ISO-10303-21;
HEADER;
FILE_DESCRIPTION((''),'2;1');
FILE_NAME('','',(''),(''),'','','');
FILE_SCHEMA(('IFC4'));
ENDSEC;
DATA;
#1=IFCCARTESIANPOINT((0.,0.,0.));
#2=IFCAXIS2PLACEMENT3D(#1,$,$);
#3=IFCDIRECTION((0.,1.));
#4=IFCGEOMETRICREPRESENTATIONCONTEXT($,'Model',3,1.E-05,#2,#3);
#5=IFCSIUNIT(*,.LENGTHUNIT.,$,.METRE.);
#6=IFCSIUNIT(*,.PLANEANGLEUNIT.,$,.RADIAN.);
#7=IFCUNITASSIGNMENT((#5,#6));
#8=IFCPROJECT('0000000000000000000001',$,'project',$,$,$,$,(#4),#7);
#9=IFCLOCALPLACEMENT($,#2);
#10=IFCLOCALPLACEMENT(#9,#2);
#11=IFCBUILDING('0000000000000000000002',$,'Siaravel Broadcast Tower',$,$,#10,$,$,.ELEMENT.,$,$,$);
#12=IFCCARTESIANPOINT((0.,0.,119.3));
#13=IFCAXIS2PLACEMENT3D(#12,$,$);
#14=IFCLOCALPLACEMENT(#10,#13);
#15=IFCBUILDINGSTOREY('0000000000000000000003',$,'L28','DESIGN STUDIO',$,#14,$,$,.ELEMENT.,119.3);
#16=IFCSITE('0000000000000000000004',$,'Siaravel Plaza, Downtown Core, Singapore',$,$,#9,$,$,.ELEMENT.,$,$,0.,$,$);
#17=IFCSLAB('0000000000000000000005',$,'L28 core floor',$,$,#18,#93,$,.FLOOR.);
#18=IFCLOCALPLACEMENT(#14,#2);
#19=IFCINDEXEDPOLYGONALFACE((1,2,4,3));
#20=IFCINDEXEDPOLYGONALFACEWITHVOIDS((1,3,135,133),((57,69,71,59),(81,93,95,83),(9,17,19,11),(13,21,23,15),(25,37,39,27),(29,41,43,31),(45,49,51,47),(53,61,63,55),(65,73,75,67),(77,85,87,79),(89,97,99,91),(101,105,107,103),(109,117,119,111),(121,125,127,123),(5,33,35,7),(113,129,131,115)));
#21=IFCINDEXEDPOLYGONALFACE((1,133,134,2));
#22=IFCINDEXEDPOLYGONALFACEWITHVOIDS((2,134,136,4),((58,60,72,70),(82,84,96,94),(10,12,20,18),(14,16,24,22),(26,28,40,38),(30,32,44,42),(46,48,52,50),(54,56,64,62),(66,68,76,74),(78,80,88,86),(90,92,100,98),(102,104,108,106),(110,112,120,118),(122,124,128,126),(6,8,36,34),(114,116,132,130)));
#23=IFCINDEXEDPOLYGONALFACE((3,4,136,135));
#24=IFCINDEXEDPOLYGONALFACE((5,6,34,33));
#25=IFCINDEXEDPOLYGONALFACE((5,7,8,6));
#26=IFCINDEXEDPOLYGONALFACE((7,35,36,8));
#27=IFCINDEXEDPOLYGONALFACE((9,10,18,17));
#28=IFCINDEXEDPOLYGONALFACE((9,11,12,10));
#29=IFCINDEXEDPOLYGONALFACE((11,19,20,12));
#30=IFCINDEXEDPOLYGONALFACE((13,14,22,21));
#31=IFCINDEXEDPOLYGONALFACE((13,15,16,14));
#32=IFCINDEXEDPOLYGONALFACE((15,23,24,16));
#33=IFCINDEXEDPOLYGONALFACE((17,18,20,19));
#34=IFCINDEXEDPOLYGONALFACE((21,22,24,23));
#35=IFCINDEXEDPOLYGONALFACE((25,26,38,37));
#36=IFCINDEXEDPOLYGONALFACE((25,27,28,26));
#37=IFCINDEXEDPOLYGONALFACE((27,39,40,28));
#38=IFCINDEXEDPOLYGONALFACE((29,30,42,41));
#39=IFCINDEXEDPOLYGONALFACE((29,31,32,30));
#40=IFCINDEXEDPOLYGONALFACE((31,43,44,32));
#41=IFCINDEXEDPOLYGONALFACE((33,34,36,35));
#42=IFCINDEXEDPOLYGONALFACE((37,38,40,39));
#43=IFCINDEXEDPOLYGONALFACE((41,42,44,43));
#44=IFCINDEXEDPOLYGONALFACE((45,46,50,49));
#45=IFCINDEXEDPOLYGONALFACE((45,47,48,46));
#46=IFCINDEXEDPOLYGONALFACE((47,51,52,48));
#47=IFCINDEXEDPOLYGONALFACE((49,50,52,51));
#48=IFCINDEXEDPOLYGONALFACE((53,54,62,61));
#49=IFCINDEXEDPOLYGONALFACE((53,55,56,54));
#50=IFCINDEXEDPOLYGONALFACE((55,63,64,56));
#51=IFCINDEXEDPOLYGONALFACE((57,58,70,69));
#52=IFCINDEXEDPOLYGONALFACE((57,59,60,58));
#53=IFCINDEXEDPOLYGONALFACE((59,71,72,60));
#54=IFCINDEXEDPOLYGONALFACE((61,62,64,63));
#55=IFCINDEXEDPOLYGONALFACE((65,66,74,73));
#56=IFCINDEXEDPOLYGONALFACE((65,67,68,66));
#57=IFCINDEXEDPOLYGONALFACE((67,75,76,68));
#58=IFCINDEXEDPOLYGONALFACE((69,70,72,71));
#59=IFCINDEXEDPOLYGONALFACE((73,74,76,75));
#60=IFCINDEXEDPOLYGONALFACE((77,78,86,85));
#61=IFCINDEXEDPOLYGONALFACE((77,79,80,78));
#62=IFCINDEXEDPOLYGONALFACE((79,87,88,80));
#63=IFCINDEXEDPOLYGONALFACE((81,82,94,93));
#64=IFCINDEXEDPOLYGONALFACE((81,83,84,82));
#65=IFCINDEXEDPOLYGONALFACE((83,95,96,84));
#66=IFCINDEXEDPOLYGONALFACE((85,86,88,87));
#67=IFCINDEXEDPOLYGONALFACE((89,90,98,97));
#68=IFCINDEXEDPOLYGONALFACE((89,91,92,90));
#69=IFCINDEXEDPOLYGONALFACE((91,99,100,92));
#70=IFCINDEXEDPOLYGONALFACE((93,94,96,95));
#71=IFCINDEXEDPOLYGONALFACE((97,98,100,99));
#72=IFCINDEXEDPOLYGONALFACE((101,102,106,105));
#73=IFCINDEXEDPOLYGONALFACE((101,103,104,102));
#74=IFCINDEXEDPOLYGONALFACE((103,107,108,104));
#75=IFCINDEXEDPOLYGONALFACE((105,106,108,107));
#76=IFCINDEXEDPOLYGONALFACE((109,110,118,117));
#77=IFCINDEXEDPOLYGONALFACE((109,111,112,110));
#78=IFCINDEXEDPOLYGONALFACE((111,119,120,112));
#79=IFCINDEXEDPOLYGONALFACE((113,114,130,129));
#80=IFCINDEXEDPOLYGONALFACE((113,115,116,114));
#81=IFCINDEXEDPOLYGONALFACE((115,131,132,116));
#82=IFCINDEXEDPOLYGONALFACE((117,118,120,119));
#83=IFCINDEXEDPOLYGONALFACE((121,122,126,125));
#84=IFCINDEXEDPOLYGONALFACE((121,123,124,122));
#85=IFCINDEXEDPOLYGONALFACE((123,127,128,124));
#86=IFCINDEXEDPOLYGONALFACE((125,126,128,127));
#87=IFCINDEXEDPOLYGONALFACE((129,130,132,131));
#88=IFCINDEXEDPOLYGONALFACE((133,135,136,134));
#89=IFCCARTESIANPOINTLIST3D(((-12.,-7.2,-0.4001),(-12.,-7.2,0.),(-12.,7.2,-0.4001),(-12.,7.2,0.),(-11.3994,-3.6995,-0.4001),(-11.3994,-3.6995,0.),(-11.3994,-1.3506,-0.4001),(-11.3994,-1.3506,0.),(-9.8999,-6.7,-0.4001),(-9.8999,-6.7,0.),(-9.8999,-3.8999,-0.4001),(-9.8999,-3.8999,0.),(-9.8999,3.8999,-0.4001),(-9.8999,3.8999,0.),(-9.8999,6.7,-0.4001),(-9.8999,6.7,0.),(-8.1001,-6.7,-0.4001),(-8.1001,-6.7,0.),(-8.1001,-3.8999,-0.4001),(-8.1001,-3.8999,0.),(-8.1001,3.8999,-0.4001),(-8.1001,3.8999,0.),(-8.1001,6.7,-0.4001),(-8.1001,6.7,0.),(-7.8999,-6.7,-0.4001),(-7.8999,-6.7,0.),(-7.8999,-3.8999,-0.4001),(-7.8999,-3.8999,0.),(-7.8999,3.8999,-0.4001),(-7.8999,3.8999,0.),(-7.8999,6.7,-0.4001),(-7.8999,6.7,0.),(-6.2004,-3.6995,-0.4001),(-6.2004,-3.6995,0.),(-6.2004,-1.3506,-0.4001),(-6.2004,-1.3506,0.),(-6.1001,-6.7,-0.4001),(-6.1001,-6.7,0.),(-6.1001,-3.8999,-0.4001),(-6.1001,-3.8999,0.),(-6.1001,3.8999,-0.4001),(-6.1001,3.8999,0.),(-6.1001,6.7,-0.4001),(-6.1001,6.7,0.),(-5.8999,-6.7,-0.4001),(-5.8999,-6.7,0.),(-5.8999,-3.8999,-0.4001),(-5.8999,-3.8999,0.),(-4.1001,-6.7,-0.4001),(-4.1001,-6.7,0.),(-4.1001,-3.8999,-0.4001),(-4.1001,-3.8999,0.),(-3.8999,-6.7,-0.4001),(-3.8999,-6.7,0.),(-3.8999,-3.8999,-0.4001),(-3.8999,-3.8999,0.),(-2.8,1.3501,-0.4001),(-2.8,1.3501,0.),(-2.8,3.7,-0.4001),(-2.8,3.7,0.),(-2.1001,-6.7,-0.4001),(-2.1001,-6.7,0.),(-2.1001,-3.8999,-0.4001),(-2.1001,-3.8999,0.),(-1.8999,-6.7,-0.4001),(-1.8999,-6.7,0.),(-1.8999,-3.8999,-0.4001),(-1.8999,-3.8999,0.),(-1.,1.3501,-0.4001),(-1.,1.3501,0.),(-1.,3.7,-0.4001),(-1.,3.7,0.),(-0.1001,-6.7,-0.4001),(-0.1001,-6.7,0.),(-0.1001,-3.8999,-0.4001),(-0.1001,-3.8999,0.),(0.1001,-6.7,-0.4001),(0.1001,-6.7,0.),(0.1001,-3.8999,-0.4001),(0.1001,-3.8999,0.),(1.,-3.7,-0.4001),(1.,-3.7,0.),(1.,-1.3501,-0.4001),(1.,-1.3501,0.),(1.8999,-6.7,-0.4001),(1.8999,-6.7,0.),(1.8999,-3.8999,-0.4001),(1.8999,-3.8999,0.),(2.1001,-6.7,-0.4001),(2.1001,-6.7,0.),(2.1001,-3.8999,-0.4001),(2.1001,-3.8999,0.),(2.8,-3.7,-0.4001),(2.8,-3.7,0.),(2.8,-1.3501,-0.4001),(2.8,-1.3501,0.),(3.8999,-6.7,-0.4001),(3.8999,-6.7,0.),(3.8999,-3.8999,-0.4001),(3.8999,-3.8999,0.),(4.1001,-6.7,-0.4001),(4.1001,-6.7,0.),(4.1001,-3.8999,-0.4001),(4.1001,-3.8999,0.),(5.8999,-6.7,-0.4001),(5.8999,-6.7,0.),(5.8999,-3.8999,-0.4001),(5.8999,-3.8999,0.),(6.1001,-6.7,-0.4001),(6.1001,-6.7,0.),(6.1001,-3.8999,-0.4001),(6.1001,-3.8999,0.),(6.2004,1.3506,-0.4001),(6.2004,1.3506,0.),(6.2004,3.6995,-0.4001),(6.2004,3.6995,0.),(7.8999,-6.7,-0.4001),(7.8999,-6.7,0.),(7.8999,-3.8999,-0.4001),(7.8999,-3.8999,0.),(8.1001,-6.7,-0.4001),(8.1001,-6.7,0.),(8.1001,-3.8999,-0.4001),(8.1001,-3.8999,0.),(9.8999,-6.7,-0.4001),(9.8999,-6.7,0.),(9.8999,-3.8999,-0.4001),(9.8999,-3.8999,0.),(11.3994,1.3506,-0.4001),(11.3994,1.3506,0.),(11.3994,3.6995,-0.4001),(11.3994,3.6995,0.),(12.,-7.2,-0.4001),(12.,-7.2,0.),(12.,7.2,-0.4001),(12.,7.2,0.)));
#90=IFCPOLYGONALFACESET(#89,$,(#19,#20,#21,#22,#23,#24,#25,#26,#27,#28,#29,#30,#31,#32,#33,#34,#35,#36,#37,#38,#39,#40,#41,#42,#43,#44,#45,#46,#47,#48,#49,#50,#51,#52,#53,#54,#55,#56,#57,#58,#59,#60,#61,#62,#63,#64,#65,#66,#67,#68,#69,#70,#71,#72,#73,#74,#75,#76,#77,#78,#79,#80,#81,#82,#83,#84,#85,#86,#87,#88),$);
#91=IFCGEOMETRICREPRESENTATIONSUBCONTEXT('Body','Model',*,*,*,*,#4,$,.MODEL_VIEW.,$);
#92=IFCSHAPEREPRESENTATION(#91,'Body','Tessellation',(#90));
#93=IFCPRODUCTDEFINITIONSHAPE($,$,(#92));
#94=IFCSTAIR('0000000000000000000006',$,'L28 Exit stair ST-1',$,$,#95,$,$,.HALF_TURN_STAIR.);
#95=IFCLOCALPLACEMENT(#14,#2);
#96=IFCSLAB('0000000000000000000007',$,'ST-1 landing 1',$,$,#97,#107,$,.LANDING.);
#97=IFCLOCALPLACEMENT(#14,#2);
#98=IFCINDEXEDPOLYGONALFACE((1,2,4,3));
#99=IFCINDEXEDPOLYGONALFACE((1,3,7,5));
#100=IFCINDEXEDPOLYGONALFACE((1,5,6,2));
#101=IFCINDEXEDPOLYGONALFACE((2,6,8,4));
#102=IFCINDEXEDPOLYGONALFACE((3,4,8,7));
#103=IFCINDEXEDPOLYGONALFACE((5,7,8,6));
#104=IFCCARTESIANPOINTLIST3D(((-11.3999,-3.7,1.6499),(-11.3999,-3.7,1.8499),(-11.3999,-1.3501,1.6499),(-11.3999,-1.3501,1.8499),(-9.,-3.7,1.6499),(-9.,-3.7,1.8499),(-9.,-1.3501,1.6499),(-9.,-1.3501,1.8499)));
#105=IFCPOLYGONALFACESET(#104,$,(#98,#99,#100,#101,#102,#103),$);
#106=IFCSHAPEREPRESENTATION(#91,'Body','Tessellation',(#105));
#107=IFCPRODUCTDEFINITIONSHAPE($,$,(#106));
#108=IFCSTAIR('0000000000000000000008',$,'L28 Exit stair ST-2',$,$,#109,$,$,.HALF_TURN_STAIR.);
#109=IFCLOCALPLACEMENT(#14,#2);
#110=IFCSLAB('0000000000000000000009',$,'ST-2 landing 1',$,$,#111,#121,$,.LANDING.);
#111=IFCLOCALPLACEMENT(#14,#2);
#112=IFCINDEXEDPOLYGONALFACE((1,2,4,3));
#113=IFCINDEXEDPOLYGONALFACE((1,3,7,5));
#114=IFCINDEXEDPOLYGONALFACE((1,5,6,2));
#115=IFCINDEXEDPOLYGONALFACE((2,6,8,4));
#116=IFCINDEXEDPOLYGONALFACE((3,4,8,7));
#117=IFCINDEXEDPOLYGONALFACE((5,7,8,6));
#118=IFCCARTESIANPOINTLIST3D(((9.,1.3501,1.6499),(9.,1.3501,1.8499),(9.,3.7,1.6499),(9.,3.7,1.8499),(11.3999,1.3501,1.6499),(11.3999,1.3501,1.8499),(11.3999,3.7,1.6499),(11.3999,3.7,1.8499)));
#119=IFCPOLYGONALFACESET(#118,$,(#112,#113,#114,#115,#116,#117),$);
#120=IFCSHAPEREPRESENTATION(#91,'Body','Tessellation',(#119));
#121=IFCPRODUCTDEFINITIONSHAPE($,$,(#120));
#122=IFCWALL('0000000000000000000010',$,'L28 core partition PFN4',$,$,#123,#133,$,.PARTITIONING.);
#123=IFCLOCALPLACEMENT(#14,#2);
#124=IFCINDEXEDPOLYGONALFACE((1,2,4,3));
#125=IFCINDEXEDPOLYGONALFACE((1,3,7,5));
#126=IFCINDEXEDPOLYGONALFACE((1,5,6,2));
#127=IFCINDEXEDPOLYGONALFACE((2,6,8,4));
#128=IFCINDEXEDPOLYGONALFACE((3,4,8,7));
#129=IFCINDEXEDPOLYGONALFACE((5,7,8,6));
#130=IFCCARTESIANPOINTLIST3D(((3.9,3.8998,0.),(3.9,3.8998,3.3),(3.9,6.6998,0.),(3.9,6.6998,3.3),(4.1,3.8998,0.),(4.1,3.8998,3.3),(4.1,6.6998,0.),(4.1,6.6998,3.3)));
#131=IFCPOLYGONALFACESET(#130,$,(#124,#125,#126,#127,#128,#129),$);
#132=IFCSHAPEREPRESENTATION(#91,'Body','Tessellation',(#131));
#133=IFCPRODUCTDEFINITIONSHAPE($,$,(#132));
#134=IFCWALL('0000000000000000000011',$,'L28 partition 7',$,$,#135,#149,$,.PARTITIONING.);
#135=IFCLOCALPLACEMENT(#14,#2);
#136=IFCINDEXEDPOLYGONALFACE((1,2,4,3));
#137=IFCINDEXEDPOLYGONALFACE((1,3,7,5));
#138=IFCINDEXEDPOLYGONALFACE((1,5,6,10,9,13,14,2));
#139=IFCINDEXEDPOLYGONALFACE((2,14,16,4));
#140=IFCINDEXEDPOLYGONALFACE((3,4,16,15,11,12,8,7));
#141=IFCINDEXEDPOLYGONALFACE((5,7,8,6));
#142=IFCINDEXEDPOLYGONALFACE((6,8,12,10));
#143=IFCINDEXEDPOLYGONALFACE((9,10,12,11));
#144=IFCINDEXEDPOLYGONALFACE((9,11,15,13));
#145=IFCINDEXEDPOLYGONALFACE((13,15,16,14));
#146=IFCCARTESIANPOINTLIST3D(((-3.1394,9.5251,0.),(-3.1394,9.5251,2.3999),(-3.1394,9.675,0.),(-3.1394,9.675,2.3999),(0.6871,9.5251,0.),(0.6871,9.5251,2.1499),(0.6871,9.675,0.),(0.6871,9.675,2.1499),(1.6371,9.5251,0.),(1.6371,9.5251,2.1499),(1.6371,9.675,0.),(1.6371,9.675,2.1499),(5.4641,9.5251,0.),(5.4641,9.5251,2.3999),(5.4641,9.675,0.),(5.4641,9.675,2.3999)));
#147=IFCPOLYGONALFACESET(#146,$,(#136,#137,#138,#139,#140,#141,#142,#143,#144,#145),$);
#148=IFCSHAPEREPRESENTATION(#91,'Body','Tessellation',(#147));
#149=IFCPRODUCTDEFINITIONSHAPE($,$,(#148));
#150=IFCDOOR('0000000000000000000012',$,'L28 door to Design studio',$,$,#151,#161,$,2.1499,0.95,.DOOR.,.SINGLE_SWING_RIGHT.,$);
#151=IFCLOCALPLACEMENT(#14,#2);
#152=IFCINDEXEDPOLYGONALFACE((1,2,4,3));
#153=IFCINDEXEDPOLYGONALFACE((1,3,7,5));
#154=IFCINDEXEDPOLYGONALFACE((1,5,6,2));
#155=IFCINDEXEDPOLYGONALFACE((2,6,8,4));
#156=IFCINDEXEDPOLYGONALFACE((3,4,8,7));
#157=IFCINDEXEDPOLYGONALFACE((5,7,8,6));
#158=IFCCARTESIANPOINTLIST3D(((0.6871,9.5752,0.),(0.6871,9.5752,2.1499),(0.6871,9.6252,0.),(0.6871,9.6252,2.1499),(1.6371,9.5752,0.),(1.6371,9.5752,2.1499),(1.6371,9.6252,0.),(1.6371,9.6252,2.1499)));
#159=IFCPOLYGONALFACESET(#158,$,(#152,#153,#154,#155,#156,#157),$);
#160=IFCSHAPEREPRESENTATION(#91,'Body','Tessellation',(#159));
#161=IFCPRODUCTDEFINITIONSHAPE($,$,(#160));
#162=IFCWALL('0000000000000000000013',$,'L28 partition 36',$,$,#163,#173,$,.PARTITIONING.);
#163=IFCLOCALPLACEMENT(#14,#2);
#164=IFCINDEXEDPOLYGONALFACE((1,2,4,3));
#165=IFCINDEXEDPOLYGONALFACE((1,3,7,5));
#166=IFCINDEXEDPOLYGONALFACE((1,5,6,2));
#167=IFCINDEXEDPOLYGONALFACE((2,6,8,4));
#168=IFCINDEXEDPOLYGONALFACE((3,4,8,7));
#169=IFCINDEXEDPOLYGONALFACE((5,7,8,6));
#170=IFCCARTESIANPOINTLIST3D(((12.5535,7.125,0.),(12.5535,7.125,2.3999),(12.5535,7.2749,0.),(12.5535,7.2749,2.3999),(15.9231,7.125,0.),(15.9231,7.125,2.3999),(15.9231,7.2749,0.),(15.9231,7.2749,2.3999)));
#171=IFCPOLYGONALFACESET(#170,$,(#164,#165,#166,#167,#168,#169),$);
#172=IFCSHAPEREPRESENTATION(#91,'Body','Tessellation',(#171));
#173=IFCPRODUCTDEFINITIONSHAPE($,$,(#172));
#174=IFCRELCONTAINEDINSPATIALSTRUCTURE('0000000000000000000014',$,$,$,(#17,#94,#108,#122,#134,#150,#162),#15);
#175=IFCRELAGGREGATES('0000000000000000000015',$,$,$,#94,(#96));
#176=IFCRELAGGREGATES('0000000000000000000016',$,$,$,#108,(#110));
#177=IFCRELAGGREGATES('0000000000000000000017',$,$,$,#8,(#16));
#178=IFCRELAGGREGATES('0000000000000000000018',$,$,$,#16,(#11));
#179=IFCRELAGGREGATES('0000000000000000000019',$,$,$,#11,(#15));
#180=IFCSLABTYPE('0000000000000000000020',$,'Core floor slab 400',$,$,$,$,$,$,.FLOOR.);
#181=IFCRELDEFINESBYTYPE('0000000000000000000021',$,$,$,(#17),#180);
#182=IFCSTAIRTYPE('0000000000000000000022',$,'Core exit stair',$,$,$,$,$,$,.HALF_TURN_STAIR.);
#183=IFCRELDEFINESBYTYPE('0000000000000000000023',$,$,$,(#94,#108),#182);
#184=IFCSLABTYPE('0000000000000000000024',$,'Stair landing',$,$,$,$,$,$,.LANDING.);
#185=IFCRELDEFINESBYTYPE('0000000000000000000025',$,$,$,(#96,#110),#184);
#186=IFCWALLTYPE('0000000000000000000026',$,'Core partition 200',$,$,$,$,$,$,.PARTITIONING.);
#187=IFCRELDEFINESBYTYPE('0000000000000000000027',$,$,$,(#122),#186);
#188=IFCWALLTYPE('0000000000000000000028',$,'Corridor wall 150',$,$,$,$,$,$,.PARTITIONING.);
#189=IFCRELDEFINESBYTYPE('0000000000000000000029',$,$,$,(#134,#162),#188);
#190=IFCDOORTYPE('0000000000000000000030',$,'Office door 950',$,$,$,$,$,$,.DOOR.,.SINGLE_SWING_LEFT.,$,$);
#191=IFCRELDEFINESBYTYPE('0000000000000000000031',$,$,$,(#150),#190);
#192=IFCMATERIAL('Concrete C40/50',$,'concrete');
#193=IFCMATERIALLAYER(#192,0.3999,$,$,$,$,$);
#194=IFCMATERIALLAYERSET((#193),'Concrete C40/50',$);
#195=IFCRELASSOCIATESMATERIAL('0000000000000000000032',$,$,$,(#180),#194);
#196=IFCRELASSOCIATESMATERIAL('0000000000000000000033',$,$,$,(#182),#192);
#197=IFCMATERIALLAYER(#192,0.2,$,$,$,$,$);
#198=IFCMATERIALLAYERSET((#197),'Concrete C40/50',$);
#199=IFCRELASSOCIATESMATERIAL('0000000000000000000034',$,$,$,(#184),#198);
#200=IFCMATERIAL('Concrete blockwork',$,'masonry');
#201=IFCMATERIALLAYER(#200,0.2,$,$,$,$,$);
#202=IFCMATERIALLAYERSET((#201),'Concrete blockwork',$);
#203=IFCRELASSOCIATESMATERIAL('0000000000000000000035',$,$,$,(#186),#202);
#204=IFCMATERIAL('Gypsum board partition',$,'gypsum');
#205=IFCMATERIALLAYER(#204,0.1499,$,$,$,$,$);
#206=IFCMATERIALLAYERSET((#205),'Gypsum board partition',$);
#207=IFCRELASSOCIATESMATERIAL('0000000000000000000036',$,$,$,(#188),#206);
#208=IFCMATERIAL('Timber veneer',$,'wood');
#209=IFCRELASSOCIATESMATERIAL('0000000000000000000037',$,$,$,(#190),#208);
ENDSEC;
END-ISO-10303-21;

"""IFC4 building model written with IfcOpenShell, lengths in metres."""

from ifc_helpers import new_model, si_unit, direction, frame, frame_2d, origin, place, context, subcontext, project, spatial, polyline, rectangle, outline, extrude, material, layer, layer_set, type_object, element, fill, aggregate, save


model = new_model("IFC4")

# Units and contexts
model_context = context("Model", 3, precision=1e-05, world=origin(), true_north=direction((0.0, 1.0)))
body_context = subcontext(model_context, "Body", "Model", "MODEL_VIEW")
ifc_project = project(units=[si_unit("LENGTHUNIT", "METRE"), si_unit("PLANEANGLEUNIT", "RADIAN")], contexts=[model_context])

# Site, building, storey
site_placement = place(None, origin())
site = spatial("IfcSite", under=ifc_project, at=site_placement, Name="Siaravel Plaza, Downtown Core, Singapore", CompositionType="ELEMENT", RefElevation=0.0)
building_placement = place(site_placement, origin())
building = spatial("IfcBuilding", under=site, at=building_placement, Name="Siaravel Broadcast Tower", CompositionType="ELEMENT")
storey_placement = place(building_placement, frame((0.0, 0.0, 119.3)))
storey = spatial("IfcBuildingStorey", under=building, at=storey_placement, Name="L28", Description="DESIGN STUDIO", CompositionType="ELEMENT", Elevation=119.3)

# Slab
ifc_material_1 = material(Name="Concrete C40/50", Category="concrete")
ifc_layer_1 = layer(ifc_material_1, 0.3999)
ifc_layer_set_1 = layer_set([ifc_layer_1], Name="Concrete C40/50")
slab_type_1 = type_object("IfcSlabType", Name="Core floor slab 400", PredefinedType="FLOOR", material=ifc_layer_set_1)
slab_1_placement = place(storey_placement, frame((0.0, 0.0, -0.4001)))
element("IfcSlab", 1, at=slab_1_placement, inside=storey, type_object=slab_type_1, Name="L28 core floor", PredefinedType="FLOOR", context=body_context, shape_type="SweptSolid", body=[
    extrude(outline(polyline([(-12.0, -7.2), (-12.0, 7.2), (12.0, 7.2), (12.0, -7.2), (-12.0, -7.2)]), holes=[polyline([(11.3994, 1.3506), (11.3994, 3.6995), (6.2004, 3.6995), (6.2004, 1.3506), (11.3994, 1.3506)]), polyline([(9.8999, -3.8999), (8.1001, -3.8999), (8.1001, -6.7), (9.8999, -6.7), (9.8999, -3.8999)]), polyline([(7.8999, -3.8999), (6.1001, -3.8999), (6.1001, -6.7), (7.8999, -6.7), (7.8999, -3.8999)]), polyline([(5.8999, -3.8999), (4.1001, -3.8999), (4.1001, -6.7), (5.8999, -6.7), (5.8999, -3.8999)]), polyline([(3.8999, -3.8999), (2.1001, -3.8999), (2.1001, -6.7), (3.8999, -6.7), (3.8999, -3.8999)]), polyline([(2.8, -1.3501), (1.0, -1.3501), (1.0, -3.7), (2.8, -3.7), (2.8, -1.3501)]), polyline([(1.8999, -3.8999), (0.1001, -3.8999), (0.1001, -6.7), (1.8999, -6.7), (1.8999, -3.8999)]), polyline([(-0.1001, -3.8999), (-1.8999, -3.8999), (-1.8999, -6.7), (-0.1001, -6.7), (-0.1001, -3.8999)]), polyline([(-1.0, 3.7), (-2.8, 3.7), (-2.8, 1.3501), (-1.0, 1.3501), (-1.0, 3.7)]), polyline([(-2.1001, -3.8999), (-3.8999, -3.8999), (-3.8999, -6.7), (-2.1001, -6.7), (-2.1001, -3.8999)]), polyline([(-4.1001, -3.8999), (-5.8999, -3.8999), (-5.8999, -6.7), (-4.1001, -6.7), (-4.1001, -3.8999)]), polyline([(-6.1001, -3.8999), (-7.8999, -3.8999), (-7.8999, -6.7), (-6.1001, -6.7), (-6.1001, -3.8999)]), polyline([(-6.1001, 6.7), (-7.8999, 6.7), (-7.8999, 3.8999), (-6.1001, 3.8999), (-6.1001, 6.7)]), polyline([(-11.3994, -1.3506), (-11.3994, -3.6995), (-6.2004, -3.6995), (-6.2004, -1.3506), (-11.3994, -1.3506)]), polyline([(-8.1001, -3.8999), (-9.8999, -3.8999), (-9.8999, -6.7), (-8.1001, -6.7), (-8.1001, -3.8999)]), polyline([(-8.1001, 6.7), (-9.8999, 6.7), (-9.8999, 3.8999), (-8.1001, 3.8999), (-8.1001, 6.7)])]), origin(), (0.0, 0.0, 1.0), 0.4001),
])

# Stairs, slabs
stair_type = type_object("IfcStairType", Name="Core exit stair", PredefinedType="HALF_TURN_STAIR", material=ifc_material_1)
stair_1_placement = place(storey_placement, origin())
stair_1 = element("IfcStair", 2, at=stair_1_placement, inside=storey, type_object=stair_type, Name="L28 Exit stair ST-1", PredefinedType="HALF_TURN_STAIR")
ifc_layer_2 = layer(ifc_material_1, 0.2)
ifc_layer_set_2 = layer_set([ifc_layer_2], Name="Concrete C40/50")
slab_type_2 = type_object("IfcSlabType", Name="Stair landing", PredefinedType="LANDING", material=ifc_layer_set_2)
slab_2_placement = place(storey_placement, frame((0.0, 0.0, 1.6499)))
slab_2 = element("IfcSlab", 3, at=slab_2_placement, type_object=slab_type_2, Name="ST-1 landing 1", PredefinedType="LANDING", context=body_context, shape_type="SweptSolid", body=[
    extrude(outline(polyline([(-9.0, -1.3501), (-11.3999, -1.3501), (-11.3999, -3.7), (-9.0, -3.7), (-9.0, -1.3501)])), origin(), (0.0, 0.0, 1.0), 0.2),
])
aggregate(stair_1, [slab_2])
stair_2_placement = place(storey_placement, origin())
stair_2 = element("IfcStair", 4, at=stair_2_placement, inside=storey, type_object=stair_type, Name="L28 Exit stair ST-2", PredefinedType="HALF_TURN_STAIR")
slab_3_placement = place(storey_placement, frame((0.0, 0.0, 1.6499)))
slab_3 = element("IfcSlab", 5, at=slab_3_placement, type_object=slab_type_2, Name="ST-2 landing 1", PredefinedType="LANDING", context=body_context, shape_type="SweptSolid", body=[
    extrude(outline(polyline([(9.0, 1.3501), (11.3999, 1.3501), (11.3999, 3.7), (9.0, 3.7), (9.0, 1.3501)])), origin(), (0.0, 0.0, 1.0), 0.2),
])

# Wall
ifc_material_2 = material(Name="Concrete blockwork", Category="masonry")
ifc_layer_3 = layer(ifc_material_2, 0.2)
ifc_layer_set_3 = layer_set([ifc_layer_3], Name="Concrete blockwork")
wall_type_1 = type_object("IfcWallType", Name="Core partition 200", PredefinedType="PARTITIONING", material=ifc_layer_set_3)
wall_1_placement = place(storey_placement, frame((4.0, 3.8999, 0.0), z_axis=(0.0, 0.0, 1.0), x_axis=(0.0, 1.0, 0.0)))
element("IfcWall", 6, at=wall_1_placement, inside=storey, type_object=wall_type_1, Name="L28 core partition PFN4", PredefinedType="PARTITIONING", context=body_context, shape_type="SweptSolid", body=[
    extrude(rectangle(XDim=2.8, YDim=0.2, at=frame_2d((1.3999, 0.0))), origin(), (0.0, 0.0, 1.0), 3.3),
])

# Wall, opening, door
ifc_material_3 = material(Name="Gypsum board partition", Category="gypsum")
ifc_layer_4 = layer(ifc_material_3, 0.1499)
ifc_layer_set_4 = layer_set([ifc_layer_4], Name="Gypsum board partition")
wall_type_2 = type_object("IfcWallType", Name="Corridor wall 150", PredefinedType="PARTITIONING", material=ifc_layer_set_4)
wall_2_placement = place(storey_placement, frame((5.4641, 9.6001, 0.0), z_axis=(0.0, 0.0, 1.0), x_axis=(-1.0, 0.0, 0.0)))
wall_2 = element("IfcWall", 7, at=wall_2_placement, inside=storey, type_object=wall_type_2, Name="L28 partition 7", PredefinedType="PARTITIONING", context=body_context, shape_type="SweptSolid", body=[
    extrude(rectangle(XDim=8.6035, YDim=0.1499, at=frame_2d((4.3018, 0.0))), origin(), (0.0, 0.0, 1.0), 2.3999),
])
opening_1_placement = place(wall_2_placement, frame((3.8269, 0.0, 0.0)))
opening_1 = element("IfcOpeningElement", 8, at=opening_1_placement, cuts=wall_2, PredefinedType="OPENING", context=body_context, shape_type="SweptSolid", body=[
    extrude(rectangle(XDim=0.95, YDim=2.1499, at=frame_2d((0.4751, 1.075))), frame((0.0, 0.085, 0.0), z_axis=(0.0, -1.0, 0.0), x_axis=(1.0, 0.0, 0.0)), (0.0, 0.0, 1.0), 0.1699),
])
ifc_material_4 = material(Name="Timber veneer", Category="wood")
door_type_1 = type_object("IfcDoorType", Name="Office door 950", OperationType="SINGLE_SWING_LEFT", PredefinedType="DOOR", material=ifc_material_4)
door_1_placement = place(opening_1_placement, origin())
door_1 = element("IfcDoor", 9, at=door_1_placement, inside=storey, type_object=door_type_1, Name="L28 door to Design studio", OperationType="SINGLE_SWING_RIGHT", OverallHeight=2.1499, OverallWidth=0.95, PredefinedType="DOOR", context=body_context, shape_type="SweptSolid", body=[
    extrude(rectangle(XDim=0.95, YDim=2.1499, at=frame_2d((0.4751, 1.075))), frame((0.0, 0.0249, 0.0), z_axis=(0.0, -1.0, 0.0), x_axis=(1.0, 0.0, 0.0)), (0.0, 0.0, 1.0), 0.05),
])
fill(opening_1, door_1)

# Wall
wall_3_placement = place(storey_placement, frame((12.5535, 7.2, 0.0), z_axis=(0.0, 0.0, 1.0), x_axis=(1.0, 0.0, 0.0)))
element("IfcWall", 10, at=wall_3_placement, inside=storey, type_object=wall_type_2, Name="L28 partition 36", PredefinedType="PARTITIONING", context=body_context, shape_type="SweptSolid", body=[
    extrude(rectangle(XDim=3.3696, YDim=0.1499, at=frame_2d((1.6848, 0.0))), origin(), (0.0, 0.0, 1.0), 2.3999),
])

aggregate(stair_2, [slab_3])

save(model, "model.ifc")
